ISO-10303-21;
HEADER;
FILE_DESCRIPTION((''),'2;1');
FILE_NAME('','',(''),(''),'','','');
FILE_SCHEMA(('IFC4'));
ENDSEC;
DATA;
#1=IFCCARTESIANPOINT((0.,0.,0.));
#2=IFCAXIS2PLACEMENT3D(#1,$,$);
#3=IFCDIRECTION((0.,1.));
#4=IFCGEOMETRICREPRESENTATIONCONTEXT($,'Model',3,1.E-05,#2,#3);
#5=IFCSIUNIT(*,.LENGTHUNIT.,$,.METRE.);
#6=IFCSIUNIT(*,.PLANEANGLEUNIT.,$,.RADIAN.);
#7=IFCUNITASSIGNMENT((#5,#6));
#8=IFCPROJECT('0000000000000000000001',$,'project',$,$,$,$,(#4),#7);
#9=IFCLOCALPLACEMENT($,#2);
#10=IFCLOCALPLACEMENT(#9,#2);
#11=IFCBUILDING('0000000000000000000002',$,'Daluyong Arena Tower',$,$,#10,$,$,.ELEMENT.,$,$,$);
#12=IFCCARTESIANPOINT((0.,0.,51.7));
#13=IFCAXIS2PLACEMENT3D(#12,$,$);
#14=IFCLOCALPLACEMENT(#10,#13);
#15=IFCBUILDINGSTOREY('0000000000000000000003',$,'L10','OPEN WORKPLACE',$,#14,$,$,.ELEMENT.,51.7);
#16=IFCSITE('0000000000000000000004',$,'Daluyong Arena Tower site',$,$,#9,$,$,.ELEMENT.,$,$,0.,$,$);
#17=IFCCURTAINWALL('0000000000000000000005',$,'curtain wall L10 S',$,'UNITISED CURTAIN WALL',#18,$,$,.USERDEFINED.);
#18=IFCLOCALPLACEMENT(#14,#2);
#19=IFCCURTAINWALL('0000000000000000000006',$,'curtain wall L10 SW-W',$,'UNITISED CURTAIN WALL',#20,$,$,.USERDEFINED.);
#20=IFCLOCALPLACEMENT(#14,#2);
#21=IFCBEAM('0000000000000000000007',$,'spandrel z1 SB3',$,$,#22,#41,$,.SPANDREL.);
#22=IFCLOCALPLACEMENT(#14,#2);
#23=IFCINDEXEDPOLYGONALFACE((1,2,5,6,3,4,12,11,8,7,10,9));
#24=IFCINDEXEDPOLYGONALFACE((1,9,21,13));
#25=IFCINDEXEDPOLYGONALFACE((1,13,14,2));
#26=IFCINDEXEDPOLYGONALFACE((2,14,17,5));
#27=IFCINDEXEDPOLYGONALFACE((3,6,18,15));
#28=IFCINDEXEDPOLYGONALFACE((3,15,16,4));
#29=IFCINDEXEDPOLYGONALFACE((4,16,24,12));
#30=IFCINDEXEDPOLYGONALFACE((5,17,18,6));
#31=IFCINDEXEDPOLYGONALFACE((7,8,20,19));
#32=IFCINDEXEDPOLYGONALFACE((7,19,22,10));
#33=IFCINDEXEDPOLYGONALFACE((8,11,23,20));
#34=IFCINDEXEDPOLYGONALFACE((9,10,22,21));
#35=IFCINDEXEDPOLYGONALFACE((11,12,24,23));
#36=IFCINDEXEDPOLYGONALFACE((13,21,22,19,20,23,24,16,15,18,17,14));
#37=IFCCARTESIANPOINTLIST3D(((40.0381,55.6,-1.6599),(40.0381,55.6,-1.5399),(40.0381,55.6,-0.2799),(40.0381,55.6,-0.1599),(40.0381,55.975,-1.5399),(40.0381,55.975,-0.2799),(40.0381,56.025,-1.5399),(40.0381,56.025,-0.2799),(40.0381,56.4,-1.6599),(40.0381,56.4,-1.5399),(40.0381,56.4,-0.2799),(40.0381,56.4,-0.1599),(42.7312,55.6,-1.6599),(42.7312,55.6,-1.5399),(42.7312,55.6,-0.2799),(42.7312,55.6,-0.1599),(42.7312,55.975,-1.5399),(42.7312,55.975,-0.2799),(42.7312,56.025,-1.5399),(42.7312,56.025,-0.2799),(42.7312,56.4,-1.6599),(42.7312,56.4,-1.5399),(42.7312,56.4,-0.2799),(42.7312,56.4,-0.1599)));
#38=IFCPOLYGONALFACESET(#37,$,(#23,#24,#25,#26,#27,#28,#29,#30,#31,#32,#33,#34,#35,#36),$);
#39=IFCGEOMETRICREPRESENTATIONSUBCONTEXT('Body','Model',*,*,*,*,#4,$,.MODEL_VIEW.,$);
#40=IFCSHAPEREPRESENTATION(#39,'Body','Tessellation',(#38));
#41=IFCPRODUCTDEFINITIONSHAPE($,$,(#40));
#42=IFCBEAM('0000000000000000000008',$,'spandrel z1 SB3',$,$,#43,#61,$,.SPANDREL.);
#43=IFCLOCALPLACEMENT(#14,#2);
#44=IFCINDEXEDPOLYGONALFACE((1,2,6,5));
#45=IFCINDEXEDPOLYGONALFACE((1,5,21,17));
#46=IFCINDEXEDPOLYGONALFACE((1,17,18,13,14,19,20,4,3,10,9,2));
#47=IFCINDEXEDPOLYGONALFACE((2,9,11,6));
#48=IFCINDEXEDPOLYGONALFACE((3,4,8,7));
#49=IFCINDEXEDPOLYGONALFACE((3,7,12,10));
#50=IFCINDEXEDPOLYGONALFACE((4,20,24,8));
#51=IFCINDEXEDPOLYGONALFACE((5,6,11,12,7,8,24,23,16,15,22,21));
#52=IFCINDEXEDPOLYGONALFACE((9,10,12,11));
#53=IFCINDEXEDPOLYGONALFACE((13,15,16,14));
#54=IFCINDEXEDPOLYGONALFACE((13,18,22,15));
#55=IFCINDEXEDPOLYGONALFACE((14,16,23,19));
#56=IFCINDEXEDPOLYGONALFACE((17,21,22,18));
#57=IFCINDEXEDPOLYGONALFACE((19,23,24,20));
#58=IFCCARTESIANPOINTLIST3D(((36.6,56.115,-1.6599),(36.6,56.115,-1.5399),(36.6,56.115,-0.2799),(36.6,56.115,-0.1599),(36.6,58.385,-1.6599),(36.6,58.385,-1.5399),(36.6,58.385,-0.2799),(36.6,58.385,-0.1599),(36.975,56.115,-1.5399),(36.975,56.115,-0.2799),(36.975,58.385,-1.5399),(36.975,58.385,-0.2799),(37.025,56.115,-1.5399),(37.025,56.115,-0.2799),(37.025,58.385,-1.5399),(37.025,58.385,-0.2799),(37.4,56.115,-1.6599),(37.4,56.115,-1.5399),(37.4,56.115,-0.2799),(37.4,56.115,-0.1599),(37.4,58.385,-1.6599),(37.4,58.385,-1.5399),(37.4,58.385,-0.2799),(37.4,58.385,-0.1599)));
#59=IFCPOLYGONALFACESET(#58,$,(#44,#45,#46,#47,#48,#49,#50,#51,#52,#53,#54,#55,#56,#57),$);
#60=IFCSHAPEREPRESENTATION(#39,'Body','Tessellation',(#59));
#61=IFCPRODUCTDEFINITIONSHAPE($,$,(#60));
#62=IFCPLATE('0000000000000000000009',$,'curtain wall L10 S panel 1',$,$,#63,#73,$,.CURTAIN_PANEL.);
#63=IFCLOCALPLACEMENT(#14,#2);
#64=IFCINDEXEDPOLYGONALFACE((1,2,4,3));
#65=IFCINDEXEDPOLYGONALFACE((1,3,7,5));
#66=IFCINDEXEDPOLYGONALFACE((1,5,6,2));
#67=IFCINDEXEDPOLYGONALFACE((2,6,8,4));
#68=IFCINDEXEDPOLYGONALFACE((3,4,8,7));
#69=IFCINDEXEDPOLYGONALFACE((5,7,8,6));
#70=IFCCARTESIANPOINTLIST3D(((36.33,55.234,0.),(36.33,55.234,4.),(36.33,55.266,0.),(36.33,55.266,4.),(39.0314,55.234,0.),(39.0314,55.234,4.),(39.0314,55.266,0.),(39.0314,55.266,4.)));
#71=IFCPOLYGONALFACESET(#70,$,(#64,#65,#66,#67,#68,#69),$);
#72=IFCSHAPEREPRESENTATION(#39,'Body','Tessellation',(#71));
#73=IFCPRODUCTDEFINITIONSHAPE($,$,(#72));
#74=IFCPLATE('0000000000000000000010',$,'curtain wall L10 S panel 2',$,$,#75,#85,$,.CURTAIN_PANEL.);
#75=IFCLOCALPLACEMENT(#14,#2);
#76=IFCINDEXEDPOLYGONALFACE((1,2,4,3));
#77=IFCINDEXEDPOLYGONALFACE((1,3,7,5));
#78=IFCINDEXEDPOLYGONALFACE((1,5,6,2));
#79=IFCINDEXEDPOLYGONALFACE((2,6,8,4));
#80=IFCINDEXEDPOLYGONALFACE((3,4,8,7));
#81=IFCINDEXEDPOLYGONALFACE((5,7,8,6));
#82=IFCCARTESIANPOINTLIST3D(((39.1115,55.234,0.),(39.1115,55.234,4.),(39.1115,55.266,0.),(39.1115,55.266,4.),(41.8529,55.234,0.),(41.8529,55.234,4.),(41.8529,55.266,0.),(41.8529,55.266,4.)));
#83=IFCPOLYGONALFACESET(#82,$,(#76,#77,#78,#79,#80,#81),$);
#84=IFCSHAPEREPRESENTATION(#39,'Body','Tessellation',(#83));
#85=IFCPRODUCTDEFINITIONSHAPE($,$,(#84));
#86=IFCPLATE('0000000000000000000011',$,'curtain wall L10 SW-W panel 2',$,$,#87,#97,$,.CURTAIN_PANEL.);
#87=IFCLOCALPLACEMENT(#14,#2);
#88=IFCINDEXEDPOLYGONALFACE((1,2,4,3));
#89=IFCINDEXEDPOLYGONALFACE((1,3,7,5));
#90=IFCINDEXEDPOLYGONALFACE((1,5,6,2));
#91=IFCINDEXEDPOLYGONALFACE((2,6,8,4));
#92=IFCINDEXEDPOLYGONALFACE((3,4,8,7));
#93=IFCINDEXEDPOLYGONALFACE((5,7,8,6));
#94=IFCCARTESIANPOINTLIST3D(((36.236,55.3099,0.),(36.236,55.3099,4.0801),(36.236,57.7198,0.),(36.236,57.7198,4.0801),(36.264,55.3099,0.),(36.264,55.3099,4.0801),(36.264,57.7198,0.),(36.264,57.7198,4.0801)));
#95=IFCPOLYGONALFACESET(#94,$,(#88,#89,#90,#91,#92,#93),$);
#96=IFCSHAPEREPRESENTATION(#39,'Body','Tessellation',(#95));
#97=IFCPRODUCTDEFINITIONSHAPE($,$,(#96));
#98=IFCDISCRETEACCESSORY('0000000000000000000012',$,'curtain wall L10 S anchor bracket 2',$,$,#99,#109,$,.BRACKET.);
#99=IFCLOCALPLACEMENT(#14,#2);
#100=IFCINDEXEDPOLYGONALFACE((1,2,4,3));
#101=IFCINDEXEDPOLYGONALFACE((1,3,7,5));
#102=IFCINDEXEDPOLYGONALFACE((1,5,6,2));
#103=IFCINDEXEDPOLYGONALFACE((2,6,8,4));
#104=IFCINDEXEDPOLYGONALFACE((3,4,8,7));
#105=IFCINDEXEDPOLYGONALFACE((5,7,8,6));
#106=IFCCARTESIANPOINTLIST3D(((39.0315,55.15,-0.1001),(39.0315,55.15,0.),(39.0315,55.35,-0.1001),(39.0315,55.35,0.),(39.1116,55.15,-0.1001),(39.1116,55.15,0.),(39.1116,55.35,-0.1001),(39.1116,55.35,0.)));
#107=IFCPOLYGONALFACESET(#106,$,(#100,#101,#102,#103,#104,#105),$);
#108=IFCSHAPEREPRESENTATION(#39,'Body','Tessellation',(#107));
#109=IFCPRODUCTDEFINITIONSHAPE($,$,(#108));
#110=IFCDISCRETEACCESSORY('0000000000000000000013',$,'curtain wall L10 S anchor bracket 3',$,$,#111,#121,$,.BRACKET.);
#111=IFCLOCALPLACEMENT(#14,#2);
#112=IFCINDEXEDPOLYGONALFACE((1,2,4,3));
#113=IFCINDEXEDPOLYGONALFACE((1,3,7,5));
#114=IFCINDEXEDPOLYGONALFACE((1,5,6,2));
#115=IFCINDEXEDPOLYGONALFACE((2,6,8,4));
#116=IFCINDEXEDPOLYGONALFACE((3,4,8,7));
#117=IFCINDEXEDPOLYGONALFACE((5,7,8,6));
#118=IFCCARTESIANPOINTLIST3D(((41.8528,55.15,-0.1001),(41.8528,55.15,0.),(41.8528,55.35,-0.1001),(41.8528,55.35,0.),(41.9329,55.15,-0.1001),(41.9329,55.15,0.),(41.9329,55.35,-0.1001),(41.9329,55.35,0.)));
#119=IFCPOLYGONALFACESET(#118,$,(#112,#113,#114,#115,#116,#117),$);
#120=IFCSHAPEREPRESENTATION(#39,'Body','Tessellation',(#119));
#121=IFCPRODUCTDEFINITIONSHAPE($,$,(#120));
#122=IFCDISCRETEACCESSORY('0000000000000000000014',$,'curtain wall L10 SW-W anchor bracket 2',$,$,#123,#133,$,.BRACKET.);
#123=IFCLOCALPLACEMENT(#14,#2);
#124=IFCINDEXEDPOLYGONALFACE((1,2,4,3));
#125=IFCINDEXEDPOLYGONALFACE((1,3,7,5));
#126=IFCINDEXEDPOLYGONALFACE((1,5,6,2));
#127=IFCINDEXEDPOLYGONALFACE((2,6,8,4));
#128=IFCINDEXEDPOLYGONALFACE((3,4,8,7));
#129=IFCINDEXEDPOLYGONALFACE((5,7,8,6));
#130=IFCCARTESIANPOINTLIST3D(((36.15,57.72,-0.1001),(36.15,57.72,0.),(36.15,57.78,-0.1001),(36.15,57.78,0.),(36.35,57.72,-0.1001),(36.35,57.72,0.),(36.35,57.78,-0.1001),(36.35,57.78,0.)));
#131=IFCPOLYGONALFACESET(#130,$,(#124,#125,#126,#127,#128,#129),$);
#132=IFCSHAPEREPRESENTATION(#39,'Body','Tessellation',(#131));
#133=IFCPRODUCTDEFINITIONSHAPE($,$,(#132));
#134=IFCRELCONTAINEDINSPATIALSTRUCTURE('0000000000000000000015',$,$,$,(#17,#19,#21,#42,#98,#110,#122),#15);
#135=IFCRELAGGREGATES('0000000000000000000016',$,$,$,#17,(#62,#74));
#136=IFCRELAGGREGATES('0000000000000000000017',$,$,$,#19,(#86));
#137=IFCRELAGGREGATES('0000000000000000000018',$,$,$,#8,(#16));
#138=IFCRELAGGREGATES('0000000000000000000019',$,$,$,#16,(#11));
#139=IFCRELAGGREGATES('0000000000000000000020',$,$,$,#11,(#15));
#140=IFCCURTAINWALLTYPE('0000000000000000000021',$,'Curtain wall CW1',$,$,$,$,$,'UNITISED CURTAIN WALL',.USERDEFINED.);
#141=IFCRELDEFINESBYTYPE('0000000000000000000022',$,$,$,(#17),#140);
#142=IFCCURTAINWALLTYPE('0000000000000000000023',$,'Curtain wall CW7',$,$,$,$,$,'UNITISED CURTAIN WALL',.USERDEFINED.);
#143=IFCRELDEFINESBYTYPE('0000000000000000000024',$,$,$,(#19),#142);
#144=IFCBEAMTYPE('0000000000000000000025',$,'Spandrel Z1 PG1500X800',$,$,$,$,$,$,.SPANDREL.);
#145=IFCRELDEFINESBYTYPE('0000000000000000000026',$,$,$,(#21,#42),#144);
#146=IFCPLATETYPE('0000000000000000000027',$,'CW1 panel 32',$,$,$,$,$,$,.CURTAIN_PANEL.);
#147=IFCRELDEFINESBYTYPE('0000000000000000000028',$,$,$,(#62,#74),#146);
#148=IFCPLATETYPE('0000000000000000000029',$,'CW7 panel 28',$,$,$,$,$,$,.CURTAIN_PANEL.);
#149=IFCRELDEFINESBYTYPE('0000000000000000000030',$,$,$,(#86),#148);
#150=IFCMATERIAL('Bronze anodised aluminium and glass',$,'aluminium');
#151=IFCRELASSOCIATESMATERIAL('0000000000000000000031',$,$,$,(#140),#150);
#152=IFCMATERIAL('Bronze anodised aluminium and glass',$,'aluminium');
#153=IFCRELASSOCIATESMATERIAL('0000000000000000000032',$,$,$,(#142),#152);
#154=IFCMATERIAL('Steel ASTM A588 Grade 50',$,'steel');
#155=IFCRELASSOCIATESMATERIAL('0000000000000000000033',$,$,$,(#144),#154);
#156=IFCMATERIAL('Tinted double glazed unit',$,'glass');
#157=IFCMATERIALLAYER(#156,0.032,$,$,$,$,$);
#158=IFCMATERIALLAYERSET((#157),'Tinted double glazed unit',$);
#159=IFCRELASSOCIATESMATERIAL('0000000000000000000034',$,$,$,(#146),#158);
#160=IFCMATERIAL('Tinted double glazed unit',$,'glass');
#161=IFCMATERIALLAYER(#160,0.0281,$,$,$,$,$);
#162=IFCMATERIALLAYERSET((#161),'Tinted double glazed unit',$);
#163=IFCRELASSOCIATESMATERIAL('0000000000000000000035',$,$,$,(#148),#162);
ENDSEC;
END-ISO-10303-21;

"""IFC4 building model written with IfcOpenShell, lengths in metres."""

from ifc_helpers import new_model, si_unit, direction, frame, origin, origin_2d, place, context, subcontext, project, spatial, rectangle, i_section, extrude, material, layer, layer_set, material_profile, profile_set, type_object, element, aggregate, save


model = new_model("IFC4")

# Units and contexts
model_context = context("Model", 3, precision=1e-05, world=origin(), true_north=direction((0.0, 1.0)))
body_context = subcontext(model_context, "Body", "Model", "MODEL_VIEW")
ifc_project = project(units=[si_unit("LENGTHUNIT", "METRE"), si_unit("PLANEANGLEUNIT", "RADIAN")], contexts=[model_context])

# Site, building, storey
site_placement = place(None, origin())
site = spatial("IfcSite", under=ifc_project, at=site_placement, Name="Daluyong Arena Tower site", CompositionType="ELEMENT", RefElevation=0.0)
building_placement = place(site_placement, origin())
building = spatial("IfcBuilding", under=site, at=building_placement, Name="Daluyong Arena Tower", CompositionType="ELEMENT")
storey_placement = place(building_placement, frame((0.0, 0.0, 51.7)))
storey = spatial("IfcBuildingStorey", under=building, at=storey_placement, Name="L10", Description="OPEN WORKPLACE", CompositionType="ELEMENT", Elevation=51.7)

# Curtain walls
ifc_material_1 = material(Name="Bronze anodised aluminium and glass", Category="aluminium")
curtain_wall_type_1 = type_object("IfcCurtainWallType", Name="Curtain wall CW1", ElementType="UNITISED CURTAIN WALL", PredefinedType="USERDEFINED", material=ifc_material_1)
curtain_wall_1_placement = place(storey_placement, origin())
curtain_wall_1 = element("IfcCurtainWall", 1, at=curtain_wall_1_placement, inside=storey, type_object=curtain_wall_type_1, Name="curtain wall L10 S", ObjectType="UNITISED CURTAIN WALL", PredefinedType="USERDEFINED")
ifc_material_2 = material(Name="Bronze anodised aluminium and glass", Category="aluminium")
curtain_wall_type_2 = type_object("IfcCurtainWallType", Name="Curtain wall CW7", ElementType="UNITISED CURTAIN WALL", PredefinedType="USERDEFINED", material=ifc_material_2)
curtain_wall_2_placement = place(storey_placement, origin())
curtain_wall_2 = element("IfcCurtainWall", 2, at=curtain_wall_2_placement, inside=storey, type_object=curtain_wall_type_2, Name="curtain wall L10 SW-W", ObjectType="UNITISED CURTAIN WALL", PredefinedType="USERDEFINED")

# Beams
ifc_material_3 = material(Name="Steel ASTM A588 Grade 50", Category="steel")
ifc_material_profile_1 = material_profile(ifc_material_3, i_section(OverallWidth=0.8, OverallDepth=1.5, WebThickness=0.05, FlangeThickness=0.12, at=origin_2d()))
ifc_profile_set_1 = profile_set([ifc_material_profile_1], Name="Steel ASTM A588 Grade 50")
beam_type_1 = type_object("IfcBeamType", Name="Spandrel Z1 PG1500X800", PredefinedType="SPANDREL", material=ifc_profile_set_1)
for number, where, z_axis, x_axis, name in (
    (3, (40.0381, 56.0, -0.9099), (1.0, 0.0, 0.0), (0.0, 1.0, 0.0), "spandrel z1 SB3"),
):
    element("IfcBeam", number, at=place(storey_placement, frame(where, z_axis=z_axis, x_axis=x_axis)), inside=storey, type_object=beam_type_1, Name=name, PredefinedType="SPANDREL", context=body_context, shape_type="SweptSolid", body=[
        extrude(i_section(OverallWidth=0.8, OverallDepth=1.5, WebThickness=0.05, FlangeThickness=0.12, at=origin_2d()), origin(), (0.0, 0.0, 1.0), 2.6931),
    ])
beam_1_placement = place(storey_placement, frame((37.0, 58.385, -0.9099), z_axis=(0.0, -1.0, 0.0), x_axis=(1.0, 0.0, 0.0)))
element("IfcBeam", 4, at=beam_1_placement, inside=storey, type_object=beam_type_1, Name="spandrel z1 SB3", PredefinedType="SPANDREL", context=body_context, shape_type="SweptSolid", body=[
    extrude(i_section(OverallWidth=0.8, OverallDepth=1.5, WebThickness=0.05, FlangeThickness=0.12, at=origin_2d()), origin(), (0.0, 0.0, 1.0), 2.27),
])

# Plates
ifc_material_4 = material(Name="Tinted double glazed unit", Category="glass")
ifc_layer_1 = layer(ifc_material_4, 0.032)
ifc_layer_set_1 = layer_set([ifc_layer_1], Name="Tinted double glazed unit")
plate_type_1 = type_object("IfcPlateType", Name="CW1 panel 32", PredefinedType="CURTAIN_PANEL", material=ifc_layer_set_1)
plate_1_placement = place(storey_placement, frame((37.6807, 55.25, 0.0), z_axis=(0.0, 0.0, 1.0), x_axis=(1.0, 0.0, 0.0)))
plate_1 = element("IfcPlate", 5, at=plate_1_placement, type_object=plate_type_1, Name="curtain wall L10 S panel 1", PredefinedType="CURTAIN_PANEL", context=body_context, shape_type="SweptSolid", body=[
    extrude(rectangle(XDim=2.7014, YDim=0.032, at=origin_2d()), origin(), (0.0, 0.0, 1.0), 4.0),
])
plate_2_placement = place(storey_placement, frame((40.4822, 55.25, 0.0), z_axis=(0.0, 0.0, 1.0), x_axis=(1.0, 0.0, 0.0)))
plate_2 = element("IfcPlate", 6, at=plate_2_placement, type_object=plate_type_1, Name="curtain wall L10 S panel 2", PredefinedType="CURTAIN_PANEL", context=body_context, shape_type="SweptSolid", body=[
    extrude(rectangle(XDim=2.7415, YDim=0.032, at=origin_2d()), origin(), (0.0, 0.0, 1.0), 4.0),
])
aggregate(curtain_wall_1, [plate_1, plate_2])
ifc_material_5 = material(Name="Tinted double glazed unit", Category="glass")
ifc_layer_2 = layer(ifc_material_5, 0.0281)
ifc_layer_set_2 = layer_set([ifc_layer_2], Name="Tinted double glazed unit")
plate_type_2 = type_object("IfcPlateType", Name="CW7 panel 28", PredefinedType="CURTAIN_PANEL", material=ifc_layer_set_2)
plate_3_placement = place(storey_placement, frame((36.25, 56.5149, 0.0), z_axis=(0.0, 0.0, 1.0), x_axis=(0.0, -1.0, 0.0)))
plate_3 = element("IfcPlate", 7, at=plate_3_placement, type_object=plate_type_2, Name="curtain wall L10 SW-W panel 2", PredefinedType="CURTAIN_PANEL", context=body_context, shape_type="SweptSolid", body=[
    extrude(rectangle(XDim=2.4099, YDim=0.0281, at=origin_2d()), origin(), (0.0, 0.0, 1.0), 4.0801),
])
aggregate(curtain_wall_2, [plate_3])

# Discrete accessories
for number, where, z_axis, x_axis, name in (
    (8, (39.0715, 55.25, -0.1001), (0.0, 0.0, 1.0), (1.0, 0.0, 0.0), "curtain wall L10 S anchor bracket 2"),
    (9, (41.8928, 55.25, -0.1001), (0.0, 0.0, 1.0), (1.0, 0.0, 0.0), "curtain wall L10 S anchor bracket 3"),
):
    element("IfcDiscreteAccessory", number, at=place(storey_placement, frame(where, z_axis=z_axis, x_axis=x_axis)), inside=storey, Name=name, PredefinedType="BRACKET", context=body_context, shape_type="SweptSolid", body=[
        extrude(rectangle(XDim=0.0801, YDim=0.2, at=origin_2d()), origin(), (0.0, 0.0, 1.0), 0.1001),
    ])
discrete_accessory_placement = place(storey_placement, frame((36.25, 57.75, -0.1001), z_axis=(0.0, 0.0, 1.0), x_axis=(0.0, -1.0, 0.0)))
element("IfcDiscreteAccessory", 10, at=discrete_accessory_placement, inside=storey, Name="curtain wall L10 SW-W anchor bracket 2", PredefinedType="BRACKET", context=body_context, shape_type="SweptSolid", body=[
    extrude(rectangle(XDim=0.0601, YDim=0.2, at=origin_2d()), origin(), (0.0, 0.0, 1.0), 0.1001),
])

save(model, "model.ifc")
